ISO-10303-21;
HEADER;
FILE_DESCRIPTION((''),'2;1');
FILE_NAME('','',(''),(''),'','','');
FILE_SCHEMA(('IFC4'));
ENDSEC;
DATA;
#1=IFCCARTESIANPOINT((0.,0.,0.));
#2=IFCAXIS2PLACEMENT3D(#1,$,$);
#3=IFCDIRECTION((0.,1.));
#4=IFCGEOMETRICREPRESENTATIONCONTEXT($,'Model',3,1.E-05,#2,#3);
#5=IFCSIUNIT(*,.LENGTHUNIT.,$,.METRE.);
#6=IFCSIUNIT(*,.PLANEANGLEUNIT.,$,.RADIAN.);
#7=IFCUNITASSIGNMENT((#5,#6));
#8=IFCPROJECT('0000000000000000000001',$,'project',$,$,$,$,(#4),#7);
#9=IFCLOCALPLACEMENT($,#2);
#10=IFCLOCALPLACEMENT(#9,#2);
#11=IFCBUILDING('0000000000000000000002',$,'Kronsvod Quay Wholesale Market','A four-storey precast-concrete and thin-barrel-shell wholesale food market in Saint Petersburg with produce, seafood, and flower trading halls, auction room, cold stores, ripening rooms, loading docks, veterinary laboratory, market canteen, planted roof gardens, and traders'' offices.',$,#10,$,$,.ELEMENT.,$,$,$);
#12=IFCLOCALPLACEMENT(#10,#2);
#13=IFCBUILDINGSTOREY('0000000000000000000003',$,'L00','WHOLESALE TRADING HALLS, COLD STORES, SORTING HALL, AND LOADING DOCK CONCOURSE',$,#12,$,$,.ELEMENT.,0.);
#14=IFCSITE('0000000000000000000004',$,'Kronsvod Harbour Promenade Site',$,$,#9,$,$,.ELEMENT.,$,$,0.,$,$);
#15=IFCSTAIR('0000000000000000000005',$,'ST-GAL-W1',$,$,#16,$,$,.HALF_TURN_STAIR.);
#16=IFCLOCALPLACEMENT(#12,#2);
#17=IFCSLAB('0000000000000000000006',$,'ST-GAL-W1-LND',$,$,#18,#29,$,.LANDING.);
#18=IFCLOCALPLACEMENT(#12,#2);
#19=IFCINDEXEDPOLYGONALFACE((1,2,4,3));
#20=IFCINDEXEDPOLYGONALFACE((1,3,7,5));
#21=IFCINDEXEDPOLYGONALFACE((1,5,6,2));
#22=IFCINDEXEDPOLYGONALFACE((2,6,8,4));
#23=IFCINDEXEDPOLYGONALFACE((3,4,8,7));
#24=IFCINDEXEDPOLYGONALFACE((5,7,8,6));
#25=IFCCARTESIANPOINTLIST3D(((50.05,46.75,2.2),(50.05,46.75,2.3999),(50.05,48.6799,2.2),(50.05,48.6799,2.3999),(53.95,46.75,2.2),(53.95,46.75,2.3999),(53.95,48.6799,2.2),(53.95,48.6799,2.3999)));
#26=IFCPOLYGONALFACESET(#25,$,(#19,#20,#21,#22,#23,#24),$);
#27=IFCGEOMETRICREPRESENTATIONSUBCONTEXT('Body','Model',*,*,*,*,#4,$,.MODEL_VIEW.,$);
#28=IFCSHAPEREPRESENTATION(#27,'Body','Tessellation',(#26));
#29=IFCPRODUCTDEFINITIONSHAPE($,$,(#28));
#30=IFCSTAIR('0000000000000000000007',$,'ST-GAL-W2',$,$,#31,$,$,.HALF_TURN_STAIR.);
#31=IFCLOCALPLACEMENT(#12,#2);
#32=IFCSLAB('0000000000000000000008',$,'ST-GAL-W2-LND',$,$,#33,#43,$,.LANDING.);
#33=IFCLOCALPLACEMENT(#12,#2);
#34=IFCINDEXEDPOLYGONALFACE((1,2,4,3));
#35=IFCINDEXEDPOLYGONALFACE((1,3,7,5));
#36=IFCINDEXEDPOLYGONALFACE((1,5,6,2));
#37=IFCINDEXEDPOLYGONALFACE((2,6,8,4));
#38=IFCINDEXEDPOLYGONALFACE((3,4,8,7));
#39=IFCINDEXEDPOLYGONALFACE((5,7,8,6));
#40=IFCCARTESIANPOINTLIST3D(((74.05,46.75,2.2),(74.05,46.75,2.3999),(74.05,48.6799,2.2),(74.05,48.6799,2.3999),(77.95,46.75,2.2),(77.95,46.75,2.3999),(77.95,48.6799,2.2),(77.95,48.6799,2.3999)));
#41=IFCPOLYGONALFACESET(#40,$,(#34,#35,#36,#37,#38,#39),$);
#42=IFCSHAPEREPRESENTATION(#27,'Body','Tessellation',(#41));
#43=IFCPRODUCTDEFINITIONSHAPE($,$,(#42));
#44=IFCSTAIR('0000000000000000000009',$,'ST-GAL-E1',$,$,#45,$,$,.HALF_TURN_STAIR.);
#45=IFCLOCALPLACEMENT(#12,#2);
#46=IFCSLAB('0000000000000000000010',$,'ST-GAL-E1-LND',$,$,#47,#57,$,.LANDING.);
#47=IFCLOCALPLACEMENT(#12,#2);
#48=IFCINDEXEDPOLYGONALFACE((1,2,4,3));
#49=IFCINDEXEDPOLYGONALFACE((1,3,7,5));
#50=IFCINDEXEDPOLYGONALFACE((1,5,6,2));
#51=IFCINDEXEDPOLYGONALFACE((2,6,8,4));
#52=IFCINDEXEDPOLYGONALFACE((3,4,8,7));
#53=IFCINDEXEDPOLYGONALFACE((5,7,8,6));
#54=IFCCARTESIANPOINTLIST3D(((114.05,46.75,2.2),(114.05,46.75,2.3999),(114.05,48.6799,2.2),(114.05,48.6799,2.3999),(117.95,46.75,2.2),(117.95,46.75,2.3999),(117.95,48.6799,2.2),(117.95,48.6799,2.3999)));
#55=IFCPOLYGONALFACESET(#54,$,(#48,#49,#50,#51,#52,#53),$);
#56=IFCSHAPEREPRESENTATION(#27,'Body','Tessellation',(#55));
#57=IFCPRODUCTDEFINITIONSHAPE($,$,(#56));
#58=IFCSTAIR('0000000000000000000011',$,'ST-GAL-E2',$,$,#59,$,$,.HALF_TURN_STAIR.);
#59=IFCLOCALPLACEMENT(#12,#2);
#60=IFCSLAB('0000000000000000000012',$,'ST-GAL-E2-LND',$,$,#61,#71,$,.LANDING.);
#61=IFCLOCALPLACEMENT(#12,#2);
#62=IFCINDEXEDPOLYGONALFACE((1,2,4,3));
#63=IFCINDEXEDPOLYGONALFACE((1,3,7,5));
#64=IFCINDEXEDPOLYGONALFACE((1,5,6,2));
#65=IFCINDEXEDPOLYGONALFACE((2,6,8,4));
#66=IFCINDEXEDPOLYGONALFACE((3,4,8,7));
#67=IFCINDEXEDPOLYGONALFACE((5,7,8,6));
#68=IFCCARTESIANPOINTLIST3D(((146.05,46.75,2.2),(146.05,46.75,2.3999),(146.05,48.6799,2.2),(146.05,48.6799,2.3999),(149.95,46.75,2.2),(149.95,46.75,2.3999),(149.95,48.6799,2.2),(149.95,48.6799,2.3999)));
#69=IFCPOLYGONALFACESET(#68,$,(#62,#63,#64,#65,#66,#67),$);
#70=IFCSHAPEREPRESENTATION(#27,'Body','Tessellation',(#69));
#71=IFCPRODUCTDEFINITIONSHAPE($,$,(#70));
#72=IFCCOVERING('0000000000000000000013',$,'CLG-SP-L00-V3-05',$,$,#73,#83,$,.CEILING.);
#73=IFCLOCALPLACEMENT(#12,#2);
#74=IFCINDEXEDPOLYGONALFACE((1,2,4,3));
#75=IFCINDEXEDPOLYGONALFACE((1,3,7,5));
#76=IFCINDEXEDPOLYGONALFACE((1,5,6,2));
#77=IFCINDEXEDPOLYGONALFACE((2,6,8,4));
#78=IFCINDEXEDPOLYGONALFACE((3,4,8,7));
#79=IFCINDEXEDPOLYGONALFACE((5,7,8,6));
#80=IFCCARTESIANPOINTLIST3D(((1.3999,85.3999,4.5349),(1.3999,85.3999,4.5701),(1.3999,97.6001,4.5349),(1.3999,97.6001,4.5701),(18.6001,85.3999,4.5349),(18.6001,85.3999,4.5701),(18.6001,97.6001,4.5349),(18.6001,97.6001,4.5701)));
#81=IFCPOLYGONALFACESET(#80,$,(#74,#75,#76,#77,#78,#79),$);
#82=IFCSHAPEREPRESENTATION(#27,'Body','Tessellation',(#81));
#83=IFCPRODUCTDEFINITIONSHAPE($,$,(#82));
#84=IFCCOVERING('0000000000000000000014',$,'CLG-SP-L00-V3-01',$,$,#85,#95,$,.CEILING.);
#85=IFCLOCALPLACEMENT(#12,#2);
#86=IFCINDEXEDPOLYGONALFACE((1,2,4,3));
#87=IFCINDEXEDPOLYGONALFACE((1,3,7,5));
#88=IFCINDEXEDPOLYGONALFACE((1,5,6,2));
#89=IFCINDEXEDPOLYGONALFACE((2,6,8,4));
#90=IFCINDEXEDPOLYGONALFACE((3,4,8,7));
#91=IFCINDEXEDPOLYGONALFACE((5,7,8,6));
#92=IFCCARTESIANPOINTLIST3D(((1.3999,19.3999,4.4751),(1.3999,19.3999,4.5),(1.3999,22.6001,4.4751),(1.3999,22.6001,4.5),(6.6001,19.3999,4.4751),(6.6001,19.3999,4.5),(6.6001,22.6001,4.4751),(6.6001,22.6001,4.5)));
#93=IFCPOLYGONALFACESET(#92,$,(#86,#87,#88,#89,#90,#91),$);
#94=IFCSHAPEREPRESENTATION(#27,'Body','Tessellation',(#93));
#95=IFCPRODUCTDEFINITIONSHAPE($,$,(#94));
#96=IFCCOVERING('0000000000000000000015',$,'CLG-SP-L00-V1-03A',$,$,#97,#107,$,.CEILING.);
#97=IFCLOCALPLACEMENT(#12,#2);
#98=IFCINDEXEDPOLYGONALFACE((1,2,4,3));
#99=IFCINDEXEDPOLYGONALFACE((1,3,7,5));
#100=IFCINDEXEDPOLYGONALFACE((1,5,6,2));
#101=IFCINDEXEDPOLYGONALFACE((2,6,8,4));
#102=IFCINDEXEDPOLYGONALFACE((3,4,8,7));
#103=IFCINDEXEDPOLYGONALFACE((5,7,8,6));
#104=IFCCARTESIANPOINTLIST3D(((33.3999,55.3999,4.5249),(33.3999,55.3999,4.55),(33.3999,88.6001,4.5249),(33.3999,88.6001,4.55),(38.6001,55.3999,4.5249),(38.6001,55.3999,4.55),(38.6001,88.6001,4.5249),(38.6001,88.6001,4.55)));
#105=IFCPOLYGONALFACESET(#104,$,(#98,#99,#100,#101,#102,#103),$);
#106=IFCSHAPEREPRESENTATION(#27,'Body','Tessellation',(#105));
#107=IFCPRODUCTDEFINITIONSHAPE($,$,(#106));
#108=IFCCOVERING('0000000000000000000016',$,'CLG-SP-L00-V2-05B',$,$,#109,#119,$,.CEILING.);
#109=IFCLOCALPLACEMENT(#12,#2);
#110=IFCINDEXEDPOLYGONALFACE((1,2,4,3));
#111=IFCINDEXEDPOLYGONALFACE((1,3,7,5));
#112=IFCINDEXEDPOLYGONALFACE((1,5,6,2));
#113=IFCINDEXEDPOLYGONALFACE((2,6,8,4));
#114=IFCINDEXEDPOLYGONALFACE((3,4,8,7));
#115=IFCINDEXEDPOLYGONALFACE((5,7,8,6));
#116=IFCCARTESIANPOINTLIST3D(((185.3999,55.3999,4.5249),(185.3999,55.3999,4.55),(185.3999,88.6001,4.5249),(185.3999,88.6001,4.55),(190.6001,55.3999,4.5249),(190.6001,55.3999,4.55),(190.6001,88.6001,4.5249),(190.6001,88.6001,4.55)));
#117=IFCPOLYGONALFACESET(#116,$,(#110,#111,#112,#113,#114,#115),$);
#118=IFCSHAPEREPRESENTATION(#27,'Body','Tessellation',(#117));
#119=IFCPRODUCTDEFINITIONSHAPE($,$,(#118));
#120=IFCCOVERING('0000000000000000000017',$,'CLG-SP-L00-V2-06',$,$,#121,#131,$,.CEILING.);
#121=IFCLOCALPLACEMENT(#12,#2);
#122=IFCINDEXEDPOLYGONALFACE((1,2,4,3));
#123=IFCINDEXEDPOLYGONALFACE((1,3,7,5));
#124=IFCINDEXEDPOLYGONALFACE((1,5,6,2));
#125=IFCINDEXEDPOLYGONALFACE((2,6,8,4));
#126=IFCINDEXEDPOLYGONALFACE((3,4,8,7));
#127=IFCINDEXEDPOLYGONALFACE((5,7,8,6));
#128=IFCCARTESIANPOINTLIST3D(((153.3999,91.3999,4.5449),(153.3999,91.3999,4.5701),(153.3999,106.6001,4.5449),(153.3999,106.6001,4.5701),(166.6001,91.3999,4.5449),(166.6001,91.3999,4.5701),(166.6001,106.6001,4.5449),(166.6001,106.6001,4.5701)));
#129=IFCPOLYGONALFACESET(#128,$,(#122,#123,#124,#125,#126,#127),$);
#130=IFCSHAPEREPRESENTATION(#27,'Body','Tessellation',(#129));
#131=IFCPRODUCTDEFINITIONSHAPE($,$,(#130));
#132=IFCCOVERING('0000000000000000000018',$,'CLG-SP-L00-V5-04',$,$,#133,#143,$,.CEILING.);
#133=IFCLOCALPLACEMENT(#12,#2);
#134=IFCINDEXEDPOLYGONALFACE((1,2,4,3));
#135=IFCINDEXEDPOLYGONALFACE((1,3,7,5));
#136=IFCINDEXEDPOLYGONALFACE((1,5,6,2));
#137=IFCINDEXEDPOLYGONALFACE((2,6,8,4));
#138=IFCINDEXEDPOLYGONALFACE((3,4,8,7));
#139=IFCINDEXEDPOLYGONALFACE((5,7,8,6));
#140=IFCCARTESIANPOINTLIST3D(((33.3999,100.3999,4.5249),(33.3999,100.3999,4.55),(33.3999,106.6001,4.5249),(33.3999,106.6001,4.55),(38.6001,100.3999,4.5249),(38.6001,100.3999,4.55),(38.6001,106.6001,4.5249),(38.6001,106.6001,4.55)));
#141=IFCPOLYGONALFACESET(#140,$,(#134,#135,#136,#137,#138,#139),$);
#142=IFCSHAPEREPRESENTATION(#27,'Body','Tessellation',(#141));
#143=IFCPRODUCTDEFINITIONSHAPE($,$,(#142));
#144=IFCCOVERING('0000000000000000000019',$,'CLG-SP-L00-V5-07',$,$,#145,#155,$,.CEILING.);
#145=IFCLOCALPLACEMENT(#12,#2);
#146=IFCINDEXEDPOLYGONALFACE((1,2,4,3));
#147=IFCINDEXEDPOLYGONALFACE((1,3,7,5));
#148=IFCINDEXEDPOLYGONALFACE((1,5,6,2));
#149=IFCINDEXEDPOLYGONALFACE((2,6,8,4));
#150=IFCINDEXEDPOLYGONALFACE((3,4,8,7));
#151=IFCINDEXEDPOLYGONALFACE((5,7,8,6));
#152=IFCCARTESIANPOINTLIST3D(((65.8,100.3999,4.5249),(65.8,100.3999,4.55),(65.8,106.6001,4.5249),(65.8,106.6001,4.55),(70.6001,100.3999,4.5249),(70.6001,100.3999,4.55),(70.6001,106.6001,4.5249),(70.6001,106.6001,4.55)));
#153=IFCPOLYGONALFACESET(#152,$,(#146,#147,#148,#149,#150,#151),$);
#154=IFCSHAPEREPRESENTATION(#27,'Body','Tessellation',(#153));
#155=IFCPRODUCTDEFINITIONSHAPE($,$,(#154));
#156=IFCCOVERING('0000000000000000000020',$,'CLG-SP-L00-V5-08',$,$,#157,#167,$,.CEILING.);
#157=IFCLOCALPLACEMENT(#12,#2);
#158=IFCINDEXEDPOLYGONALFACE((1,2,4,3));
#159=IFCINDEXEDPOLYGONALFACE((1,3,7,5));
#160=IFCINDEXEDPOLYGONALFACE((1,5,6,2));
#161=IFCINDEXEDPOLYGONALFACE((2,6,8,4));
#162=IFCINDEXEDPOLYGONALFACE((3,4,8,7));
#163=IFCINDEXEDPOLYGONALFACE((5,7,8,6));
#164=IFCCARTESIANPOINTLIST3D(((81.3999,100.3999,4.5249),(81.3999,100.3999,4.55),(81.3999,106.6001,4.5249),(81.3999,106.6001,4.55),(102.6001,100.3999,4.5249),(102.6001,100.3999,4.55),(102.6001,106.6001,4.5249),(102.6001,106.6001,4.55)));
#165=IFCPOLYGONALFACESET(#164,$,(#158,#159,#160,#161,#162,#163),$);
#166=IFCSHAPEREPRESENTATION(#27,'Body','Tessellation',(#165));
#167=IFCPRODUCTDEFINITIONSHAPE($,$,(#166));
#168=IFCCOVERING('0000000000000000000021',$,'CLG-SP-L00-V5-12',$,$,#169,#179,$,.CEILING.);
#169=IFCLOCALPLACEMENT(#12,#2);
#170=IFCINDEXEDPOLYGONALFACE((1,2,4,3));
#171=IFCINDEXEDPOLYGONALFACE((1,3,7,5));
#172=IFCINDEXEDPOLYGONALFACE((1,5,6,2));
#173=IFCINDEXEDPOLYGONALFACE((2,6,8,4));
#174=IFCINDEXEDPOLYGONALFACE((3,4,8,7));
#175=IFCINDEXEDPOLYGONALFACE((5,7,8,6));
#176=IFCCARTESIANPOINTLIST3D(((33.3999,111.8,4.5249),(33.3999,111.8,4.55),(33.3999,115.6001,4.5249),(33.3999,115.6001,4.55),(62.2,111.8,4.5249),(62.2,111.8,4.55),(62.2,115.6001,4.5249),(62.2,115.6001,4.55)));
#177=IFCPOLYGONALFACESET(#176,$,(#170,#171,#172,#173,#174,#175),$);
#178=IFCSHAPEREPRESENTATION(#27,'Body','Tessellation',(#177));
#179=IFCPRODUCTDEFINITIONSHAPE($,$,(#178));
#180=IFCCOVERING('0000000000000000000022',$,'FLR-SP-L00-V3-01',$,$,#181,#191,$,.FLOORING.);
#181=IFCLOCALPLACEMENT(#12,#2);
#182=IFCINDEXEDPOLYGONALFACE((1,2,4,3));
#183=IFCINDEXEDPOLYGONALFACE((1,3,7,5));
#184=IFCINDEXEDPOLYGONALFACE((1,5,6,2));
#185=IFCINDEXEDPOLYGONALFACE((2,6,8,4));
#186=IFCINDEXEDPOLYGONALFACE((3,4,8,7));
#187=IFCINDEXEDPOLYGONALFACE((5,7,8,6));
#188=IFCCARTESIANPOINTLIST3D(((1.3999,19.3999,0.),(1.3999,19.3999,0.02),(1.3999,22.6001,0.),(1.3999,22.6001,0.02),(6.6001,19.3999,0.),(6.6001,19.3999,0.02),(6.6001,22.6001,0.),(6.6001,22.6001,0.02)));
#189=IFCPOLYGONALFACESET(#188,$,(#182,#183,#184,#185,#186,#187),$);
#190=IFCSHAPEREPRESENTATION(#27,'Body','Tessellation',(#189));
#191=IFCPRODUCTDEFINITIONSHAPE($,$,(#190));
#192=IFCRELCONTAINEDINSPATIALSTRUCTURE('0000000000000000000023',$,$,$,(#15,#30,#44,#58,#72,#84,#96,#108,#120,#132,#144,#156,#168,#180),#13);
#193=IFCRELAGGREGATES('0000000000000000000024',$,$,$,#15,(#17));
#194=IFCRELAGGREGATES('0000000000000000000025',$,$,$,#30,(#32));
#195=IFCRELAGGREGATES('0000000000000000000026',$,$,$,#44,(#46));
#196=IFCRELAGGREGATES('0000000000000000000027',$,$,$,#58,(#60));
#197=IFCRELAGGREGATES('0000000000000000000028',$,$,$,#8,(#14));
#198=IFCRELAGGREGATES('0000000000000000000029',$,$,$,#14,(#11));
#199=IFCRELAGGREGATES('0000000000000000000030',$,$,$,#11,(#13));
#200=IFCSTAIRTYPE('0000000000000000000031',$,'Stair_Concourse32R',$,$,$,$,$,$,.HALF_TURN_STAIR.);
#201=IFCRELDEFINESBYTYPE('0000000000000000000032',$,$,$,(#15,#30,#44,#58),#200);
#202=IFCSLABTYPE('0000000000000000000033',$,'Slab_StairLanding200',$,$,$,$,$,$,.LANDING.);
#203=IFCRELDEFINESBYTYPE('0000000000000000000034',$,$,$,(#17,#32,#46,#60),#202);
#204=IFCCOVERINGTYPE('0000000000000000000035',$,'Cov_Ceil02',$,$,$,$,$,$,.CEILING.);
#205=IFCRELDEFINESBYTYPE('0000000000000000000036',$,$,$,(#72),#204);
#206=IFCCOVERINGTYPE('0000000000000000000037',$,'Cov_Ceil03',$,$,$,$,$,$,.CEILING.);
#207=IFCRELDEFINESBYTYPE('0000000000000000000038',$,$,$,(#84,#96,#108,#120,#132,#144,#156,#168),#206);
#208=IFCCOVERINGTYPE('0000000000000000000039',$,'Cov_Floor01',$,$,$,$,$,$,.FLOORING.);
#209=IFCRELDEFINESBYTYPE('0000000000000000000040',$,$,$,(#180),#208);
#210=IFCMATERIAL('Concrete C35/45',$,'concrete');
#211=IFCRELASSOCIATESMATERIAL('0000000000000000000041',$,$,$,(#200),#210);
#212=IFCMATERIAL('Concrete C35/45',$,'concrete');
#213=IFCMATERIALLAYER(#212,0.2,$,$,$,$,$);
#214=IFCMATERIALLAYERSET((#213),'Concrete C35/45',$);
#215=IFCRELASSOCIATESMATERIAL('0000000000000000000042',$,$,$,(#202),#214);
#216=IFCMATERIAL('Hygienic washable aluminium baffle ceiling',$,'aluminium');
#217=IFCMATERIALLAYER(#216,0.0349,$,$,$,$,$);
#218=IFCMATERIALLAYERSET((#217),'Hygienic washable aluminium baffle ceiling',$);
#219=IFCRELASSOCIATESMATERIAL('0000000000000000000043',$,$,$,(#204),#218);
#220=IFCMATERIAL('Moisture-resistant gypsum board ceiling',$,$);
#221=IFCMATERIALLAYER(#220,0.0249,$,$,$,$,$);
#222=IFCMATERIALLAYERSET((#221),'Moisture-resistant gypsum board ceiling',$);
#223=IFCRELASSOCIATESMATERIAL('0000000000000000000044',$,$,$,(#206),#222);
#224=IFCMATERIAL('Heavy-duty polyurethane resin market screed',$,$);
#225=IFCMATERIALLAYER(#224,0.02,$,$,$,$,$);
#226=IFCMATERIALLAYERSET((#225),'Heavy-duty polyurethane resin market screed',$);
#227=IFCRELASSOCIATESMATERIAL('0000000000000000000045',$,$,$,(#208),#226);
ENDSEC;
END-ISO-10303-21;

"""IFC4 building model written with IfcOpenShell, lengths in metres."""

from ifc_helpers import new_model, si_unit, direction, frame, origin, place, context, subcontext, project, spatial, polyline, outline, extrude, material, layer, layer_set, type_object, element, aggregate, save


model = new_model("IFC4")

# Units and contexts
model_context = context("Model", 3, precision=1e-05, world=origin(), true_north=direction((0.0, 1.0)))
body_context = subcontext(model_context, "Body", "Model", "MODEL_VIEW")
ifc_project = project(units=[si_unit("LENGTHUNIT", "METRE"), si_unit("PLANEANGLEUNIT", "RADIAN")], contexts=[model_context])

# Site, building, storey
site_placement = place(None, origin())
site = spatial("IfcSite", under=ifc_project, at=site_placement, Name="Kronsvod Harbour Promenade Site", CompositionType="ELEMENT", RefElevation=0.0)
building_placement = place(site_placement, origin())
building = spatial("IfcBuilding", under=site, at=building_placement, Name="Kronsvod Quay Wholesale Market", Description="A four-storey precast-concrete and thin-barrel-shell wholesale food market in Saint Petersburg with produce, seafood, and flower trading halls, auction room, cold stores, ripening rooms, loading docks, veterinary laboratory, market canteen, planted roof gardens, and traders' offices.", CompositionType="ELEMENT")
storey_placement = place(building_placement, origin())
storey = spatial("IfcBuildingStorey", under=building, at=storey_placement, Name="L00", Description="WHOLESALE TRADING HALLS, COLD STORES, SORTING HALL, AND LOADING DOCK CONCOURSE", CompositionType="ELEMENT", Elevation=0.0)

# Stairs, slabs
ifc_material_1 = material(Name="Concrete C35/45", Category="concrete")
stair_type = type_object("IfcStairType", Name="Stair_Concourse32R", PredefinedType="HALF_TURN_STAIR", material=ifc_material_1)
stair_1_placement = place(storey_placement, origin())
stair_1 = element("IfcStair", 1, at=stair_1_placement, inside=storey, type_object=stair_type, Name="ST-GAL-W1", PredefinedType="HALF_TURN_STAIR")
ifc_material_2 = material(Name="Concrete C35/45", Category="concrete")
ifc_layer_1 = layer(ifc_material_2, 0.2)
ifc_layer_set_1 = layer_set([ifc_layer_1], Name="Concrete C35/45")
slab_type = type_object("IfcSlabType", Name="Slab_StairLanding200", PredefinedType="LANDING", material=ifc_layer_set_1)
slab_1_placement = place(storey_placement, frame((0.0, 0.0, 2.2)))
slab_1 = element("IfcSlab", 2, at=slab_1_placement, type_object=slab_type, Name="ST-GAL-W1-LND", PredefinedType="LANDING", context=body_context, shape_type="SweptSolid", body=[
    extrude(outline(polyline([(50.05, 46.75), (53.95, 46.75), (53.95, 48.6799), (50.05, 48.6799), (50.05, 46.75)])), origin(), (0.0, 0.0, 1.0), 0.2),
])
aggregate(stair_1, [slab_1])
stair_2_placement = place(storey_placement, origin())
stair_2 = element("IfcStair", 3, at=stair_2_placement, inside=storey, type_object=stair_type, Name="ST-GAL-W2", PredefinedType="HALF_TURN_STAIR")
slab_2_placement = place(storey_placement, frame((0.0, 0.0, 2.2)))
slab_2 = element("IfcSlab", 4, at=slab_2_placement, type_object=slab_type, Name="ST-GAL-W2-LND", PredefinedType="LANDING", context=body_context, shape_type="SweptSolid", body=[
    extrude(outline(polyline([(74.05, 46.75), (77.95, 46.75), (77.95, 48.6799), (74.05, 48.6799), (74.05, 46.75)])), origin(), (0.0, 0.0, 1.0), 0.2),
])
aggregate(stair_2, [slab_2])
stair_3_placement = place(storey_placement, origin())
stair_3 = element("IfcStair", 5, at=stair_3_placement, inside=storey, type_object=stair_type, Name="ST-GAL-E1", PredefinedType="HALF_TURN_STAIR")
slab_3_placement = place(storey_placement, frame((0.0, 0.0, 2.2)))
slab_3 = element("IfcSlab", 6, at=slab_3_placement, type_object=slab_type, Name="ST-GAL-E1-LND", PredefinedType="LANDING", context=body_context, shape_type="SweptSolid", body=[
    extrude(outline(polyline([(114.05, 46.75), (117.95, 46.75), (117.95, 48.6799), (114.05, 48.6799), (114.05, 46.75)])), origin(), (0.0, 0.0, 1.0), 0.2),
])
aggregate(stair_3, [slab_3])
stair_4_placement = place(storey_placement, origin())
stair_4 = element("IfcStair", 7, at=stair_4_placement, inside=storey, type_object=stair_type, Name="ST-GAL-E2", PredefinedType="HALF_TURN_STAIR")
slab_4_placement = place(storey_placement, frame((0.0, 0.0, 2.2)))
slab_4 = element("IfcSlab", 8, at=slab_4_placement, type_object=slab_type, Name="ST-GAL-E2-LND", PredefinedType="LANDING", context=body_context, shape_type="SweptSolid", body=[
    extrude(outline(polyline([(146.05, 46.75), (149.95, 46.75), (149.95, 48.6799), (146.05, 48.6799), (146.05, 46.75)])), origin(), (0.0, 0.0, 1.0), 0.2),
])
aggregate(stair_4, [slab_4])

# Coverings
ifc_material_3 = material(Name="Hygienic washable aluminium baffle ceiling", Category="aluminium")
ifc_layer_2 = layer(ifc_material_3, 0.0349)
ifc_layer_set_2 = layer_set([ifc_layer_2], Name="Hygienic washable aluminium baffle ceiling")
covering_type_1 = type_object("IfcCoveringType", Name="Cov_Ceil02", PredefinedType="CEILING", material=ifc_layer_set_2)
covering_1_placement = place(storey_placement, frame((0.0, 0.0, 4.5349)))
element("IfcCovering", 9, at=covering_1_placement, inside=storey, type_object=covering_type_1, Name="CLG-SP-L00-V3-05", PredefinedType="CEILING", context=body_context, shape_type="SweptSolid", body=[
    extrude(outline(polyline([(1.3999, 85.3999), (18.6001, 85.3999), (18.6001, 97.6001), (1.3999, 97.6001), (1.3999, 85.3999)])), origin(), (0.0, 0.0, 1.0), 0.0352),
])
ifc_material_4 = material(Name="Moisture-resistant gypsum board ceiling")
ifc_layer_3 = layer(ifc_material_4, 0.0249)
ifc_layer_set_3 = layer_set([ifc_layer_3], Name="Moisture-resistant gypsum board ceiling")
covering_type_2 = type_object("IfcCoveringType", Name="Cov_Ceil03", PredefinedType="CEILING", material=ifc_layer_set_3)
covering_2_placement = place(storey_placement, frame((0.0, 0.0, 4.4751)))
element("IfcCovering", 10, at=covering_2_placement, inside=storey, type_object=covering_type_2, Name="CLG-SP-L00-V3-01", PredefinedType="CEILING", context=body_context, shape_type="SweptSolid", body=[
    extrude(outline(polyline([(1.3999, 19.3999), (6.6001, 19.3999), (6.6001, 22.6001), (1.3999, 22.6001), (1.3999, 19.3999)])), origin(), (0.0, 0.0, 1.0), 0.0249),
])
covering_3_placement = place(storey_placement, frame((0.0, 0.0, 4.5249)))
element("IfcCovering", 11, at=covering_3_placement, inside=storey, type_object=covering_type_2, Name="CLG-SP-L00-V1-03A", PredefinedType="CEILING", context=body_context, shape_type="SweptSolid", body=[
    extrude(outline(polyline([(33.3999, 55.3999), (38.6001, 55.3999), (38.6001, 88.6001), (33.3999, 88.6001), (33.3999, 55.3999)])), origin(), (0.0, 0.0, 1.0), 0.0251),
])
covering_4_placement = place(storey_placement, frame((0.0, 0.0, 4.5249)))
element("IfcCovering", 12, at=covering_4_placement, inside=storey, type_object=covering_type_2, Name="CLG-SP-L00-V2-05B", PredefinedType="CEILING", context=body_context, shape_type="SweptSolid", body=[
    extrude(outline(polyline([(185.3999, 55.3999), (190.6001, 55.3999), (190.6001, 88.6001), (185.3999, 88.6001), (185.3999, 55.3999)])), origin(), (0.0, 0.0, 1.0), 0.0251),
])
covering_5_placement = place(storey_placement, frame((0.0, 0.0, 4.5449)))
element("IfcCovering", 13, at=covering_5_placement, inside=storey, type_object=covering_type_2, Name="CLG-SP-L00-V2-06", PredefinedType="CEILING", context=body_context, shape_type="SweptSolid", body=[
    extrude(outline(polyline([(153.3999, 91.3999), (166.6001, 91.3999), (166.6001, 106.6001), (153.3999, 106.6001), (153.3999, 91.3999)])), origin(), (0.0, 0.0, 1.0), 0.0251),
])
covering_6_placement = place(storey_placement, frame((0.0, 0.0, 4.5249)))
element("IfcCovering", 14, at=covering_6_placement, inside=storey, type_object=covering_type_2, Name="CLG-SP-L00-V5-04", PredefinedType="CEILING", context=body_context, shape_type="SweptSolid", body=[
    extrude(outline(polyline([(33.3999, 100.3999), (38.6001, 100.3999), (38.6001, 106.6001), (33.3999, 106.6001), (33.3999, 100.3999)])), origin(), (0.0, 0.0, 1.0), 0.0251),
])
covering_7_placement = place(storey_placement, frame((0.0, 0.0, 4.5249)))
element("IfcCovering", 15, at=covering_7_placement, inside=storey, type_object=covering_type_2, Name="CLG-SP-L00-V5-07", PredefinedType="CEILING", context=body_context, shape_type="SweptSolid", body=[
    extrude(outline(polyline([(65.8, 100.3999), (70.6001, 100.3999), (70.6001, 106.6001), (65.8, 106.6001), (65.8, 100.3999)])), origin(), (0.0, 0.0, 1.0), 0.0251),
])
covering_8_placement = place(storey_placement, frame((0.0, 0.0, 4.5249)))
element("IfcCovering", 16, at=covering_8_placement, inside=storey, type_object=covering_type_2, Name="CLG-SP-L00-V5-08", PredefinedType="CEILING", context=body_context, shape_type="SweptSolid", body=[
    extrude(outline(polyline([(81.3999, 100.3999), (102.6001, 100.3999), (102.6001, 106.6001), (81.3999, 106.6001), (81.3999, 100.3999)])), origin(), (0.0, 0.0, 1.0), 0.0251),
])
covering_9_placement = place(storey_placement, frame((0.0, 0.0, 4.5249)))
element("IfcCovering", 17, at=covering_9_placement, inside=storey, type_object=covering_type_2, Name="CLG-SP-L00-V5-12", PredefinedType="CEILING", context=body_context, shape_type="SweptSolid", body=[
    extrude(outline(polyline([(33.3999, 111.8), (62.2, 111.8), (62.2, 115.6001), (33.3999, 115.6001), (33.3999, 111.8)])), origin(), (0.0, 0.0, 1.0), 0.0251),
])
ifc_material_5 = material(Name="Heavy-duty polyurethane resin market screed")
ifc_layer_4 = layer(ifc_material_5, 0.02)
ifc_layer_set_4 = layer_set([ifc_layer_4], Name="Heavy-duty polyurethane resin market screed")
covering_type_3 = type_object("IfcCoveringType", Name="Cov_Floor01", PredefinedType="FLOORING", material=ifc_layer_set_4)
covering_10_placement = place(storey_placement, origin())
element("IfcCovering", 18, at=covering_10_placement, inside=storey, type_object=covering_type_3, Name="FLR-SP-L00-V3-01", PredefinedType="FLOORING", context=body_context, shape_type="SweptSolid", body=[
    extrude(outline(polyline([(1.3999, 19.3999), (6.6001, 19.3999), (6.6001, 22.6001), (1.3999, 22.6001), (1.3999, 19.3999)])), origin(), (0.0, 0.0, 1.0), 0.02),
])

save(model, "model.ifc")
